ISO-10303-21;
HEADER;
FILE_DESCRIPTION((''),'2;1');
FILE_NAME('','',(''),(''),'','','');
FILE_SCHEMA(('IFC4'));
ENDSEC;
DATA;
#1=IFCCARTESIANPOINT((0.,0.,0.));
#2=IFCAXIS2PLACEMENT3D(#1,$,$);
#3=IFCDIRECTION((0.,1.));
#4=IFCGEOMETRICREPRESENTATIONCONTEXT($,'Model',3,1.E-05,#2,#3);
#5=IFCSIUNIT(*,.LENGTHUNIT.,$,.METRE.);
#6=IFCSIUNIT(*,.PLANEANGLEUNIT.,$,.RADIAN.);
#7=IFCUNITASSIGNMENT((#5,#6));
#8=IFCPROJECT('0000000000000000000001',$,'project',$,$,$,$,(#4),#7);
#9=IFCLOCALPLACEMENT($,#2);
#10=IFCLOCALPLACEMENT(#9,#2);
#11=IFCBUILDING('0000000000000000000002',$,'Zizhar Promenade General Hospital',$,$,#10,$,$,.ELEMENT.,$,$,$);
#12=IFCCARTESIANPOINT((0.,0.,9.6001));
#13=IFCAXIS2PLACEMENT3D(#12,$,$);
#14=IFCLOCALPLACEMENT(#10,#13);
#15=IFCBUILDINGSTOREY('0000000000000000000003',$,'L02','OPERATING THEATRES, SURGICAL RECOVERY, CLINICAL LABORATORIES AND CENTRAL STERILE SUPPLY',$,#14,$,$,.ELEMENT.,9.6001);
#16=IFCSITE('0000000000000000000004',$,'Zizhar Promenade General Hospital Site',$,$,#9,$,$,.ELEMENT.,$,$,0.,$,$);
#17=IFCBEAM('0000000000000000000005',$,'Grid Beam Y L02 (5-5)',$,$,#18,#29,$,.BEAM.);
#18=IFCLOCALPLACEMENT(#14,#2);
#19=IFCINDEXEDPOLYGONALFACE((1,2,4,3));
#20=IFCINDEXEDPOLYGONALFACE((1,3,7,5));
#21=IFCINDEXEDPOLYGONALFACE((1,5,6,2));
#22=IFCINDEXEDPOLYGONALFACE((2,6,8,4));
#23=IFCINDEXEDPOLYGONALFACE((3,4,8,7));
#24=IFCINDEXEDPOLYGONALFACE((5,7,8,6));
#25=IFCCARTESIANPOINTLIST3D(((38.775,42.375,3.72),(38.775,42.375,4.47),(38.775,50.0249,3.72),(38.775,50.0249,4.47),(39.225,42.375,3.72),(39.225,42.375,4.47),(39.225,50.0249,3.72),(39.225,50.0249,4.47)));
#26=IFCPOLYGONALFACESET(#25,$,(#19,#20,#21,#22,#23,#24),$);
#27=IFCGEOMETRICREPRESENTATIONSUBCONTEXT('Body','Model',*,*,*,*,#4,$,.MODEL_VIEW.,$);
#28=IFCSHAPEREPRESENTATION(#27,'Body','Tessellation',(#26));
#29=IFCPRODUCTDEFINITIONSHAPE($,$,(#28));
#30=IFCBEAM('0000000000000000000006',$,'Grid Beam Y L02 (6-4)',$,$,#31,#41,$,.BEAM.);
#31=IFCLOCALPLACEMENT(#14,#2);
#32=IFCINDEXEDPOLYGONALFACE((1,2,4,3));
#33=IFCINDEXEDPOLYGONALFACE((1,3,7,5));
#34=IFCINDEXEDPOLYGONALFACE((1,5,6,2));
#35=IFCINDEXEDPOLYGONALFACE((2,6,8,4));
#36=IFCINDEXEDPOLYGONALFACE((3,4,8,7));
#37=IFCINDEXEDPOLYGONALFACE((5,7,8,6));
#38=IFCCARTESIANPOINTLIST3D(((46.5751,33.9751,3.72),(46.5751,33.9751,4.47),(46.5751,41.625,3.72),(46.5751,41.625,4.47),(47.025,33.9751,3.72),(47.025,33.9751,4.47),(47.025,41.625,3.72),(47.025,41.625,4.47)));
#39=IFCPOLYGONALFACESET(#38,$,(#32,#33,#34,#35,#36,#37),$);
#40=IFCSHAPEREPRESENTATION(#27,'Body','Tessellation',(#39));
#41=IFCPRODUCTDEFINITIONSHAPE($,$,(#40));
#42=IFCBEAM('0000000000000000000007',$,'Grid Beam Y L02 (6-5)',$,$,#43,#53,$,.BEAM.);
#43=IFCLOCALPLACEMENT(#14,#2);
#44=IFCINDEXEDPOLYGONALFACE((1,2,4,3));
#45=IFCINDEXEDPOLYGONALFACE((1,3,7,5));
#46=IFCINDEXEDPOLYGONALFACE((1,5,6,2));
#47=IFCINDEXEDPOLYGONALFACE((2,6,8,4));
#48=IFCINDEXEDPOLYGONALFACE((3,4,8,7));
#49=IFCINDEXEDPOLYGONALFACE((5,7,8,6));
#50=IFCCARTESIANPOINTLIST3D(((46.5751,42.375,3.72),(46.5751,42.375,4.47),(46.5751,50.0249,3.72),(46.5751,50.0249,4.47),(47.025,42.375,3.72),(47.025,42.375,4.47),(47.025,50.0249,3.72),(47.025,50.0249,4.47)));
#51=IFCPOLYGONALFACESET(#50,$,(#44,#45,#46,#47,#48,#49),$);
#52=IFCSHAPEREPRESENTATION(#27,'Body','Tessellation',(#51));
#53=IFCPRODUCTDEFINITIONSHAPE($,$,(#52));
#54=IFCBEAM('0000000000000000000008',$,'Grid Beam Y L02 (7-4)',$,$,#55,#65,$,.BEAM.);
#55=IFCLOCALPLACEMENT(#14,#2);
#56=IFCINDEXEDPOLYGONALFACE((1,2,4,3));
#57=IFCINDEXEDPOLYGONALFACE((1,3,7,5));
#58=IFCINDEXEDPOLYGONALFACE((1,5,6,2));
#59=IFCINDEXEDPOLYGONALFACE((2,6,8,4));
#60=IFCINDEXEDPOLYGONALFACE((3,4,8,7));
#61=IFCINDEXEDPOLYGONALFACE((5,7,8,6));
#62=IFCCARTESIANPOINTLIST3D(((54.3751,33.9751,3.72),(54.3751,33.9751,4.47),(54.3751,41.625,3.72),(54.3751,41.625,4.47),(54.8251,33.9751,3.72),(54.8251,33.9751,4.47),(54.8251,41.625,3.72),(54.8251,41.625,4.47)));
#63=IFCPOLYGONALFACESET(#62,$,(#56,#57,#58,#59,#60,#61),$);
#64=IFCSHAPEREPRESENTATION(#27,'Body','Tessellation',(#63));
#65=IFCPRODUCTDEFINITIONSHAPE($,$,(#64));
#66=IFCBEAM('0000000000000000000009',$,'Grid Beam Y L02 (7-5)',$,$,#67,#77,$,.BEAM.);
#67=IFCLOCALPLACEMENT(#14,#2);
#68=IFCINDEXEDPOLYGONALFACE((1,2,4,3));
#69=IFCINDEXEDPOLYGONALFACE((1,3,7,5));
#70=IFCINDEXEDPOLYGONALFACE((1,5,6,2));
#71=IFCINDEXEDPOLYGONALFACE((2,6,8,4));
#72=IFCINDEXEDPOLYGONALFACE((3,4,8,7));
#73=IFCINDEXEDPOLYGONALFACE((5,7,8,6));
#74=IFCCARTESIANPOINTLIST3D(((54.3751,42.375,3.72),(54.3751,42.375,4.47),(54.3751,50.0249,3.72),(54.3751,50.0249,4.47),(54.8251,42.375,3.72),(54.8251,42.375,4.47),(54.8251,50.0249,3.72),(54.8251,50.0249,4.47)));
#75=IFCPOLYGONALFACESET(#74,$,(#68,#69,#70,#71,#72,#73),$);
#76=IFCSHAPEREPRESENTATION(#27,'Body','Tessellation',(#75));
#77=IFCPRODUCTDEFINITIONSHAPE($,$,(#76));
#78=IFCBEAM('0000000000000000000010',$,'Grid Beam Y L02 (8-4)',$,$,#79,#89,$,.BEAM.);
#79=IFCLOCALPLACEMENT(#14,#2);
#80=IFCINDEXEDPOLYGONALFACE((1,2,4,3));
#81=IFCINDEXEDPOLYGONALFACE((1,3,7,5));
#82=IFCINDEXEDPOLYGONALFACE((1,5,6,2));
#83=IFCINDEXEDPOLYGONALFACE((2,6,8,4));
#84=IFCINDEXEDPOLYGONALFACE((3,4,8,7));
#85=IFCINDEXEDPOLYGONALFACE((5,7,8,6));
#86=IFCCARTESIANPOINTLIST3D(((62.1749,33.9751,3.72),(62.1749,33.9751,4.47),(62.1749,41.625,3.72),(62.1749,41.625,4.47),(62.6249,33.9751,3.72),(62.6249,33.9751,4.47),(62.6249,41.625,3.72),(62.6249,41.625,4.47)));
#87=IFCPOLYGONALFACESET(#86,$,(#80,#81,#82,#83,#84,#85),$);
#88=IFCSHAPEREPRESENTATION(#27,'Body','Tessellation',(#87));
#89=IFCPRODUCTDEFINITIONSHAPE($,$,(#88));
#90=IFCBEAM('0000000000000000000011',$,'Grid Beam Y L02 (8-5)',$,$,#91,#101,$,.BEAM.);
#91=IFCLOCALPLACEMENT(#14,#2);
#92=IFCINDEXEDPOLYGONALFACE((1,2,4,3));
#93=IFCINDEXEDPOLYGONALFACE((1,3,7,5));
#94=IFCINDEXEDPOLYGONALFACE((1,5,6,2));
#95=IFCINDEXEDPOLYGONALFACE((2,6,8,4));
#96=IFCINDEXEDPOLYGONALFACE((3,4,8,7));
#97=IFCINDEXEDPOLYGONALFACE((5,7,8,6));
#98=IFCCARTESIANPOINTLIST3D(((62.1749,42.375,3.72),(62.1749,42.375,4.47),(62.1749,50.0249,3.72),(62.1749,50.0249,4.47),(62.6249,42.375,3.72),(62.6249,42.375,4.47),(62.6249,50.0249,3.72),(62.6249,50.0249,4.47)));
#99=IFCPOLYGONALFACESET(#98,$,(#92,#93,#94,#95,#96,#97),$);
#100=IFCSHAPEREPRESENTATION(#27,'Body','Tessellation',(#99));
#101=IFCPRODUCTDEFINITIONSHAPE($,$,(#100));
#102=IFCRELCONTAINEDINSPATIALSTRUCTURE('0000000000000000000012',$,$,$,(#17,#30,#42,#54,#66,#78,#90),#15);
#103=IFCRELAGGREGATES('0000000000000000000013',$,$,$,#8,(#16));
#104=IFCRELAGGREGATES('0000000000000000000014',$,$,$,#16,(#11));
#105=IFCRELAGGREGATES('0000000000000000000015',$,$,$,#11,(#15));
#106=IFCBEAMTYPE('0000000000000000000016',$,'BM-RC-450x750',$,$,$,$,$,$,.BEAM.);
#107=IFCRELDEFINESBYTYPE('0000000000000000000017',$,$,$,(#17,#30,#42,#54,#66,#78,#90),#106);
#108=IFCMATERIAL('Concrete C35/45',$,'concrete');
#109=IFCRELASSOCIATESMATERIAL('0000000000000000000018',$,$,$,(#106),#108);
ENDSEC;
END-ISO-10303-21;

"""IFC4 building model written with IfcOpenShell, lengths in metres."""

from ifc_helpers import new_model, si_unit, direction, frame, origin, origin_2d, place, context, subcontext, project, spatial, rectangle, extrude, material, material_profile, profile_set, type_object, element, save


model = new_model("IFC4")

# Units and contexts
model_context = context("Model", 3, precision=1e-05, world=origin(), true_north=direction((0.0, 1.0)))
body_context = subcontext(model_context, "Body", "Model", "MODEL_VIEW")
ifc_project = project(units=[si_unit("LENGTHUNIT", "METRE"), si_unit("PLANEANGLEUNIT", "RADIAN")], contexts=[model_context])

# Site, building, storey
site_placement = place(None, origin())
site = spatial("IfcSite", under=ifc_project, at=site_placement, Name="Zizhar Promenade General Hospital Site", CompositionType="ELEMENT", RefElevation=0.0)
building_placement = place(site_placement, origin())
building = spatial("IfcBuilding", under=site, at=building_placement, Name="Zizhar Promenade General Hospital", CompositionType="ELEMENT")
storey_placement = place(building_placement, frame((0.0, 0.0, 9.6001)))
storey = spatial("IfcBuildingStorey", under=building, at=storey_placement, Name="L02", Description="OPERATING THEATRES, SURGICAL RECOVERY, CLINICAL LABORATORIES AND CENTRAL STERILE SUPPLY", CompositionType="ELEMENT", Elevation=9.6001)

# Beams
ifc_material_1 = material(Name="Concrete C35/45", Category="concrete")
ifc_material_profile_1 = material_profile(ifc_material_1, rectangle(XDim=0.45, YDim=0.75, at=origin_2d()))
ifc_profile_set_1 = profile_set([ifc_material_profile_1], Name="Concrete C35/45")
beam_type_1 = type_object("IfcBeamType", Name="BM-RC-450x750", PredefinedType="BEAM", material=ifc_profile_set_1)
for number, where, z_axis, x_axis, name in (
    (1, (39.0, 42.375, 4.095), (0.0, 1.0, 0.0), (-1.0, 0.0, 0.0), "Grid Beam Y L02 (5-5)"),
    (2, (46.8, 33.9751, 4.095), (0.0, 1.0, 0.0), (-1.0, 0.0, 0.0), "Grid Beam Y L02 (6-4)"),
    (3, (46.8, 42.375, 4.095), (0.0, 1.0, 0.0), (-1.0, 0.0, 0.0), "Grid Beam Y L02 (6-5)"),
    (4, (54.6001, 33.9751, 4.095), (0.0, 1.0, 0.0), (-1.0, 0.0, 0.0), "Grid Beam Y L02 (7-4)"),
    (5, (54.6001, 42.375, 4.095), (0.0, 1.0, 0.0), (-1.0, 0.0, 0.0), "Grid Beam Y L02 (7-5)"),
    (6, (62.3999, 33.9751, 4.095), (0.0, 1.0, 0.0), (-1.0, 0.0, 0.0), "Grid Beam Y L02 (8-4)"),
    (7, (62.3999, 42.375, 4.095), (0.0, 1.0, 0.0), (-1.0, 0.0, 0.0), "Grid Beam Y L02 (8-5)"),
):
    element("IfcBeam", number, at=place(storey_placement, frame(where, z_axis=z_axis, x_axis=x_axis)), inside=storey, type_object=beam_type_1, Name=name, PredefinedType="BEAM", context=body_context, shape_type="SweptSolid", body=[
        extrude(rectangle(XDim=0.45, YDim=0.75, at=origin_2d()), origin(), (0.0, 0.0, 1.0), 7.6499),
    ])

save(model, "model.ifc")
